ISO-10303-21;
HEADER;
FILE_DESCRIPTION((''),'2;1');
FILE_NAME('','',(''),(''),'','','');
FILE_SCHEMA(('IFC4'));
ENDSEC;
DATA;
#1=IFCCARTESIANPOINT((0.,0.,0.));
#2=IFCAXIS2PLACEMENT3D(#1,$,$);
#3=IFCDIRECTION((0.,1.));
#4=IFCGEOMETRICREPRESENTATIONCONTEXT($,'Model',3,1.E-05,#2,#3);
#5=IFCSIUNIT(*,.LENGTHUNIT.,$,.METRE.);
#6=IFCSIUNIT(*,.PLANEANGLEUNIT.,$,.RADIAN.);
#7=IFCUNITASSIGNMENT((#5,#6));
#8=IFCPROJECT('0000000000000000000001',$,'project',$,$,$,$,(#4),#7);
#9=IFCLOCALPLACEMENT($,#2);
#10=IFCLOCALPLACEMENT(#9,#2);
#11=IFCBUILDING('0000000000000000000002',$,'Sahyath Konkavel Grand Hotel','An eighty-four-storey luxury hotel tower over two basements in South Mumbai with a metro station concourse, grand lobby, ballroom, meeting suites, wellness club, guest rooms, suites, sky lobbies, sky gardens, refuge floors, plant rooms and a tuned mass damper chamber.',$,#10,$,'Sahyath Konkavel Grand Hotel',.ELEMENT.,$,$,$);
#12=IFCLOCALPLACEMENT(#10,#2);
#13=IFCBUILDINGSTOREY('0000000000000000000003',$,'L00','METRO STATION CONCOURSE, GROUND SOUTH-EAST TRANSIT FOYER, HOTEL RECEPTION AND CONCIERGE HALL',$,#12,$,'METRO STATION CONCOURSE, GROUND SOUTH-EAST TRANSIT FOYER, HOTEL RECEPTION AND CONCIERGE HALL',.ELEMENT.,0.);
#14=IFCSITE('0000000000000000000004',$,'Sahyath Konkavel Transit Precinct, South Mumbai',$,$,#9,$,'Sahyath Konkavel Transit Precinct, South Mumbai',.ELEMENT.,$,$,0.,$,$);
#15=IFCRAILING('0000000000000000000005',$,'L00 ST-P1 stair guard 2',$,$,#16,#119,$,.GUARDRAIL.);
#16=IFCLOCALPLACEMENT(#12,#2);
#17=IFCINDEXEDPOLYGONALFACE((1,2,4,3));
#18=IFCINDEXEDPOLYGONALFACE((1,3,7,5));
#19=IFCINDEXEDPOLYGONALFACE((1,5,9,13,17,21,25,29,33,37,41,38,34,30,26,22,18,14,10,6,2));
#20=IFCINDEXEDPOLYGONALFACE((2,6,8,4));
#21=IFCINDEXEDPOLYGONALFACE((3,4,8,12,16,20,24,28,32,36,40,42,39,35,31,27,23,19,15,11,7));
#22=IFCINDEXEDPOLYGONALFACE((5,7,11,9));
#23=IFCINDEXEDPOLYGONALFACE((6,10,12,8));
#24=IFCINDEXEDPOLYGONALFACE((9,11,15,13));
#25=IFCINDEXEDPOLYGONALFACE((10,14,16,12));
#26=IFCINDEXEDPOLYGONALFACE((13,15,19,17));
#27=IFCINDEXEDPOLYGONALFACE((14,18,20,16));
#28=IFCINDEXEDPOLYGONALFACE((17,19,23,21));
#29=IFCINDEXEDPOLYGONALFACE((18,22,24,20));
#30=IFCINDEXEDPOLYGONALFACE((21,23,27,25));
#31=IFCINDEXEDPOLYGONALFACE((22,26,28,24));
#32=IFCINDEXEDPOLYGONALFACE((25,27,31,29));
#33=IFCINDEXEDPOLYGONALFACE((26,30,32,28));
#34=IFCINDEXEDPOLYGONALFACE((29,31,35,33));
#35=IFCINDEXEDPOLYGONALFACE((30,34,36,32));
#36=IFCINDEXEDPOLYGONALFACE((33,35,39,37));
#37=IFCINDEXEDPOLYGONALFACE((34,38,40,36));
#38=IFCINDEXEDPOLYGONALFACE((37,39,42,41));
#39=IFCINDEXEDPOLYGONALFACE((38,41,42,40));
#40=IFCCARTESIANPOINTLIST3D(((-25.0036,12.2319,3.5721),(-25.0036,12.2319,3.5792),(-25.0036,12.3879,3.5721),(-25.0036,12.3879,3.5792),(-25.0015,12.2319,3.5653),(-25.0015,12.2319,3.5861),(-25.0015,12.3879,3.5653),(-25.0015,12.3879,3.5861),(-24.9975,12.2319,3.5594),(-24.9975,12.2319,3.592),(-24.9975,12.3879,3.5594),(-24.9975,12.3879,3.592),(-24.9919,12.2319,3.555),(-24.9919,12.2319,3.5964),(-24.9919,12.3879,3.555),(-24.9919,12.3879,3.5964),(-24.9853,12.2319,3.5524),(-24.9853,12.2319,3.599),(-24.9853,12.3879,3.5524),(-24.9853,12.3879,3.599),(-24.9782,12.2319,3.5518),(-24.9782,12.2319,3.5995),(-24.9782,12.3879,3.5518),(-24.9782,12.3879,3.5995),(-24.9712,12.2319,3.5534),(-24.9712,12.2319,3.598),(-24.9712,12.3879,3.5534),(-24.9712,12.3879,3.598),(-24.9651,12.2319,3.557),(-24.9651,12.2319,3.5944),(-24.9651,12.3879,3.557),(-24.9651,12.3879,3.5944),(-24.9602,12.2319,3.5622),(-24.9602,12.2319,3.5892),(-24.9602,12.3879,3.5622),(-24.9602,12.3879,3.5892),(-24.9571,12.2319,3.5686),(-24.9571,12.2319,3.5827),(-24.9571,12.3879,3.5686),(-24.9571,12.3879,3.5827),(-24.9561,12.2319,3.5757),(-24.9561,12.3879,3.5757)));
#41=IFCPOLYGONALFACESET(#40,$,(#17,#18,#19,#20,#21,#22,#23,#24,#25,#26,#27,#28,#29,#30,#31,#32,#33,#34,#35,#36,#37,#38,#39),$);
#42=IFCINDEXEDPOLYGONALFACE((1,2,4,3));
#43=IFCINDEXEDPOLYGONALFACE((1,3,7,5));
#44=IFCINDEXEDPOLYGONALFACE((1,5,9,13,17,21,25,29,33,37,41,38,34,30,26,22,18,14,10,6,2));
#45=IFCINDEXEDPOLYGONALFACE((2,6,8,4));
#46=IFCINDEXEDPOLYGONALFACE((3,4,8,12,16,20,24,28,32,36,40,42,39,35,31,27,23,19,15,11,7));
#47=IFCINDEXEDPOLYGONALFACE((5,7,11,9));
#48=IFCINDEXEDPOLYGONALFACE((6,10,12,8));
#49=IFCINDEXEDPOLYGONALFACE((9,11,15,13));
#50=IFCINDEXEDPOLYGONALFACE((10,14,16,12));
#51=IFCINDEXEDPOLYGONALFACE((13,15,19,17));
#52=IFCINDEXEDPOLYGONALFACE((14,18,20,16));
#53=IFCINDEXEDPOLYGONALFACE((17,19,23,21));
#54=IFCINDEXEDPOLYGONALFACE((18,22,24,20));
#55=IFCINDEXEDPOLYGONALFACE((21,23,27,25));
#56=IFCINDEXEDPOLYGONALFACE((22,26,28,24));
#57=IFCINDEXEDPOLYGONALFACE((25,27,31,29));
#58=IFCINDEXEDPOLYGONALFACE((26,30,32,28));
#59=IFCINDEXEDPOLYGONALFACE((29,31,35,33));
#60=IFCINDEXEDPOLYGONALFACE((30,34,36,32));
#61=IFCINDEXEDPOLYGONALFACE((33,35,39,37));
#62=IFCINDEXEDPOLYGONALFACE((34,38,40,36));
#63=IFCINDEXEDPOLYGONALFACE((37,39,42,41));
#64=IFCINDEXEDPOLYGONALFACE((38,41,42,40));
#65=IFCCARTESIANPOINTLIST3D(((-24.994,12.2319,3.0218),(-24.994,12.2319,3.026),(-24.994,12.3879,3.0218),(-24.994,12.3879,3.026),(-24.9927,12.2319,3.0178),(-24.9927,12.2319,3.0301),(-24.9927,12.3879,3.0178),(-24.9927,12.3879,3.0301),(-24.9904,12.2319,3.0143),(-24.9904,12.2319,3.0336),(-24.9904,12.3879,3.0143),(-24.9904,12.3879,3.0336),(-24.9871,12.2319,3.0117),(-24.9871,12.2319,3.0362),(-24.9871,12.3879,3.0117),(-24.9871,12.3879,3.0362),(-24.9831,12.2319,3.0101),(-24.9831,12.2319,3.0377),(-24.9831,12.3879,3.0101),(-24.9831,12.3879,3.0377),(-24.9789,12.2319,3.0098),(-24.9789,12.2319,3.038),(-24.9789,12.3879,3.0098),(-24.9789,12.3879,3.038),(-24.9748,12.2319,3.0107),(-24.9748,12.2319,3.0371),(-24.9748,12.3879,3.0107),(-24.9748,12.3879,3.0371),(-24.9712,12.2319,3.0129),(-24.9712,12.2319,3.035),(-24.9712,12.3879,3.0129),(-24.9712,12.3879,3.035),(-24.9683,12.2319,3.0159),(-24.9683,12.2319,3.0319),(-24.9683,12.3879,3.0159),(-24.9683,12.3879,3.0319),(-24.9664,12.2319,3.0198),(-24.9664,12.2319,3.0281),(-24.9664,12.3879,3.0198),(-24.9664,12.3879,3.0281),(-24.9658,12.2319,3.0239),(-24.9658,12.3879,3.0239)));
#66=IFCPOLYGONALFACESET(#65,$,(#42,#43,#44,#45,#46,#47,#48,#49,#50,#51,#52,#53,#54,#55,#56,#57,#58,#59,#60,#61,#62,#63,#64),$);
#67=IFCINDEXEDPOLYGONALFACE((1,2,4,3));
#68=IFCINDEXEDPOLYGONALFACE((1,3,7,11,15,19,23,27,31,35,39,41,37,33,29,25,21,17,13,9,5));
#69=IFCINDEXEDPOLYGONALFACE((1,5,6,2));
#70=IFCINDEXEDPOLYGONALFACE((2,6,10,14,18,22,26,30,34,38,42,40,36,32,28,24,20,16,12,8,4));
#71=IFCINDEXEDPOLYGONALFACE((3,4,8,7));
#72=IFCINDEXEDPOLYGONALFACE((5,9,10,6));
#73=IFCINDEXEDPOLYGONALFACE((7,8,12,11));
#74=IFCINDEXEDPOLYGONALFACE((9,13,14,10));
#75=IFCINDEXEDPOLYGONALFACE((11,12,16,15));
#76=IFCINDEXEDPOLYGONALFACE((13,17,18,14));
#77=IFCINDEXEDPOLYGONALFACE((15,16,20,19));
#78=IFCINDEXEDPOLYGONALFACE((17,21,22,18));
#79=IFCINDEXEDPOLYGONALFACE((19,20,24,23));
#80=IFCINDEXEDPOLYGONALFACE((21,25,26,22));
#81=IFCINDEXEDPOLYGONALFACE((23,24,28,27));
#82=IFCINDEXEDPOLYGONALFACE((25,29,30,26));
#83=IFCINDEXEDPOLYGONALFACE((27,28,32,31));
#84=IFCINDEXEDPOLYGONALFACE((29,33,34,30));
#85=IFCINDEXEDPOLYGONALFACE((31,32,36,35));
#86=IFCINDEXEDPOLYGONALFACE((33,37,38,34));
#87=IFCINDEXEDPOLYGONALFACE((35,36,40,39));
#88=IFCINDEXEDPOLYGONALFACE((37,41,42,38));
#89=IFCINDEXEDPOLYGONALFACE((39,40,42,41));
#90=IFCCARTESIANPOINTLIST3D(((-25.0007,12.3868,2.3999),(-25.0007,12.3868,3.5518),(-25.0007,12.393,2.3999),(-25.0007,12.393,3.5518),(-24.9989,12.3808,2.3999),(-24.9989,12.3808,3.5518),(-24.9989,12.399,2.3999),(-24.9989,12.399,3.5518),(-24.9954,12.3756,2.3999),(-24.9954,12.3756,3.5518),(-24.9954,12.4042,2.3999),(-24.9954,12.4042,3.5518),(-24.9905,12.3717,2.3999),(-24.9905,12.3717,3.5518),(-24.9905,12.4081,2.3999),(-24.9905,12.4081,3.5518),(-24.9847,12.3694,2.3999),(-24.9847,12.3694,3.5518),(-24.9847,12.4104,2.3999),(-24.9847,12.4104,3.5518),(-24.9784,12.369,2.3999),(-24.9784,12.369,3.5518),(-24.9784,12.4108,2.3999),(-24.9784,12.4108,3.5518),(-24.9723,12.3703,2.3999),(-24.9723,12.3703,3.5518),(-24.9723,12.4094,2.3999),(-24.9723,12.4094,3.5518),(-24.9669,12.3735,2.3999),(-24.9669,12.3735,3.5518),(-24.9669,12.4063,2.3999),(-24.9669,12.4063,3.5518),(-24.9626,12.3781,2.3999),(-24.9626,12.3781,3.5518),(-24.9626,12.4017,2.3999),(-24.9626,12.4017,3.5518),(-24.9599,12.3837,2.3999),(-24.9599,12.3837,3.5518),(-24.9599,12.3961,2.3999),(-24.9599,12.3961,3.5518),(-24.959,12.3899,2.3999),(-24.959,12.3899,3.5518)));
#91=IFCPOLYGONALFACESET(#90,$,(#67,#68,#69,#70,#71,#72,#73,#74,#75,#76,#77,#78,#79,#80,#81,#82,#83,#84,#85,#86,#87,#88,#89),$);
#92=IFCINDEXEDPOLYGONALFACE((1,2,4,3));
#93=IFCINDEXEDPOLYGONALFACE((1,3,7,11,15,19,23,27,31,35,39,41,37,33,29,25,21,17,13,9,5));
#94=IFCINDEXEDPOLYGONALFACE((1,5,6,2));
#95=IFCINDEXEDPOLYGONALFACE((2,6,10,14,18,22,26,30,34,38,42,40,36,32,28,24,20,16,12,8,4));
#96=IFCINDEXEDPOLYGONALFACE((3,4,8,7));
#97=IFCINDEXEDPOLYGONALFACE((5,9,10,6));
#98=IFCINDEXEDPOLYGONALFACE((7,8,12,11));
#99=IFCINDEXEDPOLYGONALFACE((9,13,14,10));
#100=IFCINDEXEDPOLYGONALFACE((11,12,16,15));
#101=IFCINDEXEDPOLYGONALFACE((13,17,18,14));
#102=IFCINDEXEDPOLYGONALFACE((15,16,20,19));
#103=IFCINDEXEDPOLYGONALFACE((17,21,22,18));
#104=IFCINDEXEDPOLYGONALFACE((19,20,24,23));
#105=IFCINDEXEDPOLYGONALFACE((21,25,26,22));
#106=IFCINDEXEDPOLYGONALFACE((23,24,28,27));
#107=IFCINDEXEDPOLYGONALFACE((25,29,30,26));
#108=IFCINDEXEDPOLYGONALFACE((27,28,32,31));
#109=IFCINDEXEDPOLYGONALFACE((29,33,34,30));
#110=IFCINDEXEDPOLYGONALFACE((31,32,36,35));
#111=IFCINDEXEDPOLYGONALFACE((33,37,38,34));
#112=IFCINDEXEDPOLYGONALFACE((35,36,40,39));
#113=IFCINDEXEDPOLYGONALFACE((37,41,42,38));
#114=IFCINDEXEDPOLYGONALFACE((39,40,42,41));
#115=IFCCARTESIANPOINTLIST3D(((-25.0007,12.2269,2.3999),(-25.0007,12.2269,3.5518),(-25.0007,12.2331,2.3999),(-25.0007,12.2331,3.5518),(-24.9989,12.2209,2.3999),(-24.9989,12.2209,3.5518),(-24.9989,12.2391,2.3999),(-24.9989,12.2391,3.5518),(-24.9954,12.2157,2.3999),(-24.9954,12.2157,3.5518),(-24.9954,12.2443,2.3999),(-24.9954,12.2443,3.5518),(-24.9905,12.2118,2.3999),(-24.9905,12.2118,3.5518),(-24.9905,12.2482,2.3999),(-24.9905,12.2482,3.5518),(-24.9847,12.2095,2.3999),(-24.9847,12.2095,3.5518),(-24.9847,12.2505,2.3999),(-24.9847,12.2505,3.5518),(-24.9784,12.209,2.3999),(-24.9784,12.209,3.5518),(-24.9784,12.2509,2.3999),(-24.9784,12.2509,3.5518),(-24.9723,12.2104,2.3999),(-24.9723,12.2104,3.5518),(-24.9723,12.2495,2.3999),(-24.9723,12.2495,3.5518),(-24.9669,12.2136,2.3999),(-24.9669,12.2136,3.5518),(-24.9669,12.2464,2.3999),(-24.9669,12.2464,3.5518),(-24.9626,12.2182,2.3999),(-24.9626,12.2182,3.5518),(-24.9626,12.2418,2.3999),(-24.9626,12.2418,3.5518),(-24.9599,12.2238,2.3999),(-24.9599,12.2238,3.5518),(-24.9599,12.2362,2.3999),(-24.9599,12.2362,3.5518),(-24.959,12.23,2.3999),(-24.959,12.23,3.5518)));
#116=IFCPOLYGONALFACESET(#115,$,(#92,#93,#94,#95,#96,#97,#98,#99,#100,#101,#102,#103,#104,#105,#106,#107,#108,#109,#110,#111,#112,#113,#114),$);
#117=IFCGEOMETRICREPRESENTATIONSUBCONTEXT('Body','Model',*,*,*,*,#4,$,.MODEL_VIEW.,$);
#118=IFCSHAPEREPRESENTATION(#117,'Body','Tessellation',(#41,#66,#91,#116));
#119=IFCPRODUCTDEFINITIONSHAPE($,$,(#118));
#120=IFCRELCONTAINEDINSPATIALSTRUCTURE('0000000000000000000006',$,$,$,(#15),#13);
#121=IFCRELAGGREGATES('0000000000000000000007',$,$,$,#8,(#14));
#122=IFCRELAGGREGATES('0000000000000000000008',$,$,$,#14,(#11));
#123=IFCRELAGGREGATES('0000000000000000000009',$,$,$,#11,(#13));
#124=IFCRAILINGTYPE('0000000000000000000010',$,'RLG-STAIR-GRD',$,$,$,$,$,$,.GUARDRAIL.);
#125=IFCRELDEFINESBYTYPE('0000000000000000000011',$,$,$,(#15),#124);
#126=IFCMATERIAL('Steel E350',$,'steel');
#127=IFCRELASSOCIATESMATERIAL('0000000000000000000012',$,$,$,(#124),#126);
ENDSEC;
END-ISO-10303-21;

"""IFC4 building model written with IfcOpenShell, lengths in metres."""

from ifc_helpers import new_model, si_unit, direction, frame, origin, origin_2d, place, context, subcontext, project, spatial, circle, extrude, material, type_object, element, save


model = new_model("IFC4")

# Units and contexts
model_context = context("Model", 3, precision=1e-05, world=origin(), true_north=direction((0.0, 1.0)))
body_context = subcontext(model_context, "Body", "Model", "MODEL_VIEW")
ifc_project = project(units=[si_unit("LENGTHUNIT", "METRE"), si_unit("PLANEANGLEUNIT", "RADIAN")], contexts=[model_context])

# Site, building, storey
site_placement = place(None, origin())
site = spatial("IfcSite", under=ifc_project, at=site_placement, Name="Sahyath Konkavel Transit Precinct, South Mumbai", LongName="Sahyath Konkavel Transit Precinct, South Mumbai", CompositionType="ELEMENT", RefElevation=0.0)
building_placement = place(site_placement, origin())
building = spatial("IfcBuilding", under=site, at=building_placement, Name="Sahyath Konkavel Grand Hotel", Description="An eighty-four-storey luxury hotel tower over two basements in South Mumbai with a metro station concourse, grand lobby, ballroom, meeting suites, wellness club, guest rooms, suites, sky lobbies, sky gardens, refuge floors, plant rooms and a tuned mass damper chamber.", LongName="Sahyath Konkavel Grand Hotel", CompositionType="ELEMENT")
storey_placement = place(building_placement, origin())
storey = spatial("IfcBuildingStorey", under=building, at=storey_placement, Name="L00", Description="METRO STATION CONCOURSE, GROUND SOUTH-EAST TRANSIT FOYER, HOTEL RECEPTION AND CONCIERGE HALL", LongName="METRO STATION CONCOURSE, GROUND SOUTH-EAST TRANSIT FOYER, HOTEL RECEPTION AND CONCIERGE HALL", CompositionType="ELEMENT", Elevation=0.0)

# Shared definitions
ifc_material_1 = material(Name="Steel E350", Category="steel")

# Railing
railing_type_1 = type_object("IfcRailingType", Name="RLG-STAIR-GRD", PredefinedType="GUARDRAIL", material=ifc_material_1)
railing_1_placement = place(storey_placement, frame((-24.98, 12.3899, 2.3999)))
element("IfcRailing", 1, at=railing_1_placement, inside=storey, type_object=railing_type_1, Name="L00 ST-P1 stair guard 2", PredefinedType="GUARDRAIL", context=body_context, shape_type="SweptSolid", body=[
    extrude(circle(Radius=0.0239, at=origin_2d()), frame((0.0, -0.002, 1.1758), z_axis=(0.0, -1.0, 0.0), x_axis=(1.0, 0.0, 0.0)), (0.0, 0.0, 1.0), 0.156),
    extrude(circle(Radius=0.0142, at=origin_2d()), frame((0.0, -0.002, 0.624), z_axis=(0.0, -1.0, 0.0), x_axis=(1.0, 0.0, 0.0)), (0.0, 0.0, 1.0), 0.156),
    extrude(circle(Radius=0.021, at=origin_2d()), origin(), (0.0, 0.0, 1.0), 1.1519),
    extrude(circle(Radius=0.021, at=origin_2d()), frame((0.0, -0.1599, 0.0)), (0.0, 0.0, 1.0), 1.1519),
])

save(model, "model.ifc")
